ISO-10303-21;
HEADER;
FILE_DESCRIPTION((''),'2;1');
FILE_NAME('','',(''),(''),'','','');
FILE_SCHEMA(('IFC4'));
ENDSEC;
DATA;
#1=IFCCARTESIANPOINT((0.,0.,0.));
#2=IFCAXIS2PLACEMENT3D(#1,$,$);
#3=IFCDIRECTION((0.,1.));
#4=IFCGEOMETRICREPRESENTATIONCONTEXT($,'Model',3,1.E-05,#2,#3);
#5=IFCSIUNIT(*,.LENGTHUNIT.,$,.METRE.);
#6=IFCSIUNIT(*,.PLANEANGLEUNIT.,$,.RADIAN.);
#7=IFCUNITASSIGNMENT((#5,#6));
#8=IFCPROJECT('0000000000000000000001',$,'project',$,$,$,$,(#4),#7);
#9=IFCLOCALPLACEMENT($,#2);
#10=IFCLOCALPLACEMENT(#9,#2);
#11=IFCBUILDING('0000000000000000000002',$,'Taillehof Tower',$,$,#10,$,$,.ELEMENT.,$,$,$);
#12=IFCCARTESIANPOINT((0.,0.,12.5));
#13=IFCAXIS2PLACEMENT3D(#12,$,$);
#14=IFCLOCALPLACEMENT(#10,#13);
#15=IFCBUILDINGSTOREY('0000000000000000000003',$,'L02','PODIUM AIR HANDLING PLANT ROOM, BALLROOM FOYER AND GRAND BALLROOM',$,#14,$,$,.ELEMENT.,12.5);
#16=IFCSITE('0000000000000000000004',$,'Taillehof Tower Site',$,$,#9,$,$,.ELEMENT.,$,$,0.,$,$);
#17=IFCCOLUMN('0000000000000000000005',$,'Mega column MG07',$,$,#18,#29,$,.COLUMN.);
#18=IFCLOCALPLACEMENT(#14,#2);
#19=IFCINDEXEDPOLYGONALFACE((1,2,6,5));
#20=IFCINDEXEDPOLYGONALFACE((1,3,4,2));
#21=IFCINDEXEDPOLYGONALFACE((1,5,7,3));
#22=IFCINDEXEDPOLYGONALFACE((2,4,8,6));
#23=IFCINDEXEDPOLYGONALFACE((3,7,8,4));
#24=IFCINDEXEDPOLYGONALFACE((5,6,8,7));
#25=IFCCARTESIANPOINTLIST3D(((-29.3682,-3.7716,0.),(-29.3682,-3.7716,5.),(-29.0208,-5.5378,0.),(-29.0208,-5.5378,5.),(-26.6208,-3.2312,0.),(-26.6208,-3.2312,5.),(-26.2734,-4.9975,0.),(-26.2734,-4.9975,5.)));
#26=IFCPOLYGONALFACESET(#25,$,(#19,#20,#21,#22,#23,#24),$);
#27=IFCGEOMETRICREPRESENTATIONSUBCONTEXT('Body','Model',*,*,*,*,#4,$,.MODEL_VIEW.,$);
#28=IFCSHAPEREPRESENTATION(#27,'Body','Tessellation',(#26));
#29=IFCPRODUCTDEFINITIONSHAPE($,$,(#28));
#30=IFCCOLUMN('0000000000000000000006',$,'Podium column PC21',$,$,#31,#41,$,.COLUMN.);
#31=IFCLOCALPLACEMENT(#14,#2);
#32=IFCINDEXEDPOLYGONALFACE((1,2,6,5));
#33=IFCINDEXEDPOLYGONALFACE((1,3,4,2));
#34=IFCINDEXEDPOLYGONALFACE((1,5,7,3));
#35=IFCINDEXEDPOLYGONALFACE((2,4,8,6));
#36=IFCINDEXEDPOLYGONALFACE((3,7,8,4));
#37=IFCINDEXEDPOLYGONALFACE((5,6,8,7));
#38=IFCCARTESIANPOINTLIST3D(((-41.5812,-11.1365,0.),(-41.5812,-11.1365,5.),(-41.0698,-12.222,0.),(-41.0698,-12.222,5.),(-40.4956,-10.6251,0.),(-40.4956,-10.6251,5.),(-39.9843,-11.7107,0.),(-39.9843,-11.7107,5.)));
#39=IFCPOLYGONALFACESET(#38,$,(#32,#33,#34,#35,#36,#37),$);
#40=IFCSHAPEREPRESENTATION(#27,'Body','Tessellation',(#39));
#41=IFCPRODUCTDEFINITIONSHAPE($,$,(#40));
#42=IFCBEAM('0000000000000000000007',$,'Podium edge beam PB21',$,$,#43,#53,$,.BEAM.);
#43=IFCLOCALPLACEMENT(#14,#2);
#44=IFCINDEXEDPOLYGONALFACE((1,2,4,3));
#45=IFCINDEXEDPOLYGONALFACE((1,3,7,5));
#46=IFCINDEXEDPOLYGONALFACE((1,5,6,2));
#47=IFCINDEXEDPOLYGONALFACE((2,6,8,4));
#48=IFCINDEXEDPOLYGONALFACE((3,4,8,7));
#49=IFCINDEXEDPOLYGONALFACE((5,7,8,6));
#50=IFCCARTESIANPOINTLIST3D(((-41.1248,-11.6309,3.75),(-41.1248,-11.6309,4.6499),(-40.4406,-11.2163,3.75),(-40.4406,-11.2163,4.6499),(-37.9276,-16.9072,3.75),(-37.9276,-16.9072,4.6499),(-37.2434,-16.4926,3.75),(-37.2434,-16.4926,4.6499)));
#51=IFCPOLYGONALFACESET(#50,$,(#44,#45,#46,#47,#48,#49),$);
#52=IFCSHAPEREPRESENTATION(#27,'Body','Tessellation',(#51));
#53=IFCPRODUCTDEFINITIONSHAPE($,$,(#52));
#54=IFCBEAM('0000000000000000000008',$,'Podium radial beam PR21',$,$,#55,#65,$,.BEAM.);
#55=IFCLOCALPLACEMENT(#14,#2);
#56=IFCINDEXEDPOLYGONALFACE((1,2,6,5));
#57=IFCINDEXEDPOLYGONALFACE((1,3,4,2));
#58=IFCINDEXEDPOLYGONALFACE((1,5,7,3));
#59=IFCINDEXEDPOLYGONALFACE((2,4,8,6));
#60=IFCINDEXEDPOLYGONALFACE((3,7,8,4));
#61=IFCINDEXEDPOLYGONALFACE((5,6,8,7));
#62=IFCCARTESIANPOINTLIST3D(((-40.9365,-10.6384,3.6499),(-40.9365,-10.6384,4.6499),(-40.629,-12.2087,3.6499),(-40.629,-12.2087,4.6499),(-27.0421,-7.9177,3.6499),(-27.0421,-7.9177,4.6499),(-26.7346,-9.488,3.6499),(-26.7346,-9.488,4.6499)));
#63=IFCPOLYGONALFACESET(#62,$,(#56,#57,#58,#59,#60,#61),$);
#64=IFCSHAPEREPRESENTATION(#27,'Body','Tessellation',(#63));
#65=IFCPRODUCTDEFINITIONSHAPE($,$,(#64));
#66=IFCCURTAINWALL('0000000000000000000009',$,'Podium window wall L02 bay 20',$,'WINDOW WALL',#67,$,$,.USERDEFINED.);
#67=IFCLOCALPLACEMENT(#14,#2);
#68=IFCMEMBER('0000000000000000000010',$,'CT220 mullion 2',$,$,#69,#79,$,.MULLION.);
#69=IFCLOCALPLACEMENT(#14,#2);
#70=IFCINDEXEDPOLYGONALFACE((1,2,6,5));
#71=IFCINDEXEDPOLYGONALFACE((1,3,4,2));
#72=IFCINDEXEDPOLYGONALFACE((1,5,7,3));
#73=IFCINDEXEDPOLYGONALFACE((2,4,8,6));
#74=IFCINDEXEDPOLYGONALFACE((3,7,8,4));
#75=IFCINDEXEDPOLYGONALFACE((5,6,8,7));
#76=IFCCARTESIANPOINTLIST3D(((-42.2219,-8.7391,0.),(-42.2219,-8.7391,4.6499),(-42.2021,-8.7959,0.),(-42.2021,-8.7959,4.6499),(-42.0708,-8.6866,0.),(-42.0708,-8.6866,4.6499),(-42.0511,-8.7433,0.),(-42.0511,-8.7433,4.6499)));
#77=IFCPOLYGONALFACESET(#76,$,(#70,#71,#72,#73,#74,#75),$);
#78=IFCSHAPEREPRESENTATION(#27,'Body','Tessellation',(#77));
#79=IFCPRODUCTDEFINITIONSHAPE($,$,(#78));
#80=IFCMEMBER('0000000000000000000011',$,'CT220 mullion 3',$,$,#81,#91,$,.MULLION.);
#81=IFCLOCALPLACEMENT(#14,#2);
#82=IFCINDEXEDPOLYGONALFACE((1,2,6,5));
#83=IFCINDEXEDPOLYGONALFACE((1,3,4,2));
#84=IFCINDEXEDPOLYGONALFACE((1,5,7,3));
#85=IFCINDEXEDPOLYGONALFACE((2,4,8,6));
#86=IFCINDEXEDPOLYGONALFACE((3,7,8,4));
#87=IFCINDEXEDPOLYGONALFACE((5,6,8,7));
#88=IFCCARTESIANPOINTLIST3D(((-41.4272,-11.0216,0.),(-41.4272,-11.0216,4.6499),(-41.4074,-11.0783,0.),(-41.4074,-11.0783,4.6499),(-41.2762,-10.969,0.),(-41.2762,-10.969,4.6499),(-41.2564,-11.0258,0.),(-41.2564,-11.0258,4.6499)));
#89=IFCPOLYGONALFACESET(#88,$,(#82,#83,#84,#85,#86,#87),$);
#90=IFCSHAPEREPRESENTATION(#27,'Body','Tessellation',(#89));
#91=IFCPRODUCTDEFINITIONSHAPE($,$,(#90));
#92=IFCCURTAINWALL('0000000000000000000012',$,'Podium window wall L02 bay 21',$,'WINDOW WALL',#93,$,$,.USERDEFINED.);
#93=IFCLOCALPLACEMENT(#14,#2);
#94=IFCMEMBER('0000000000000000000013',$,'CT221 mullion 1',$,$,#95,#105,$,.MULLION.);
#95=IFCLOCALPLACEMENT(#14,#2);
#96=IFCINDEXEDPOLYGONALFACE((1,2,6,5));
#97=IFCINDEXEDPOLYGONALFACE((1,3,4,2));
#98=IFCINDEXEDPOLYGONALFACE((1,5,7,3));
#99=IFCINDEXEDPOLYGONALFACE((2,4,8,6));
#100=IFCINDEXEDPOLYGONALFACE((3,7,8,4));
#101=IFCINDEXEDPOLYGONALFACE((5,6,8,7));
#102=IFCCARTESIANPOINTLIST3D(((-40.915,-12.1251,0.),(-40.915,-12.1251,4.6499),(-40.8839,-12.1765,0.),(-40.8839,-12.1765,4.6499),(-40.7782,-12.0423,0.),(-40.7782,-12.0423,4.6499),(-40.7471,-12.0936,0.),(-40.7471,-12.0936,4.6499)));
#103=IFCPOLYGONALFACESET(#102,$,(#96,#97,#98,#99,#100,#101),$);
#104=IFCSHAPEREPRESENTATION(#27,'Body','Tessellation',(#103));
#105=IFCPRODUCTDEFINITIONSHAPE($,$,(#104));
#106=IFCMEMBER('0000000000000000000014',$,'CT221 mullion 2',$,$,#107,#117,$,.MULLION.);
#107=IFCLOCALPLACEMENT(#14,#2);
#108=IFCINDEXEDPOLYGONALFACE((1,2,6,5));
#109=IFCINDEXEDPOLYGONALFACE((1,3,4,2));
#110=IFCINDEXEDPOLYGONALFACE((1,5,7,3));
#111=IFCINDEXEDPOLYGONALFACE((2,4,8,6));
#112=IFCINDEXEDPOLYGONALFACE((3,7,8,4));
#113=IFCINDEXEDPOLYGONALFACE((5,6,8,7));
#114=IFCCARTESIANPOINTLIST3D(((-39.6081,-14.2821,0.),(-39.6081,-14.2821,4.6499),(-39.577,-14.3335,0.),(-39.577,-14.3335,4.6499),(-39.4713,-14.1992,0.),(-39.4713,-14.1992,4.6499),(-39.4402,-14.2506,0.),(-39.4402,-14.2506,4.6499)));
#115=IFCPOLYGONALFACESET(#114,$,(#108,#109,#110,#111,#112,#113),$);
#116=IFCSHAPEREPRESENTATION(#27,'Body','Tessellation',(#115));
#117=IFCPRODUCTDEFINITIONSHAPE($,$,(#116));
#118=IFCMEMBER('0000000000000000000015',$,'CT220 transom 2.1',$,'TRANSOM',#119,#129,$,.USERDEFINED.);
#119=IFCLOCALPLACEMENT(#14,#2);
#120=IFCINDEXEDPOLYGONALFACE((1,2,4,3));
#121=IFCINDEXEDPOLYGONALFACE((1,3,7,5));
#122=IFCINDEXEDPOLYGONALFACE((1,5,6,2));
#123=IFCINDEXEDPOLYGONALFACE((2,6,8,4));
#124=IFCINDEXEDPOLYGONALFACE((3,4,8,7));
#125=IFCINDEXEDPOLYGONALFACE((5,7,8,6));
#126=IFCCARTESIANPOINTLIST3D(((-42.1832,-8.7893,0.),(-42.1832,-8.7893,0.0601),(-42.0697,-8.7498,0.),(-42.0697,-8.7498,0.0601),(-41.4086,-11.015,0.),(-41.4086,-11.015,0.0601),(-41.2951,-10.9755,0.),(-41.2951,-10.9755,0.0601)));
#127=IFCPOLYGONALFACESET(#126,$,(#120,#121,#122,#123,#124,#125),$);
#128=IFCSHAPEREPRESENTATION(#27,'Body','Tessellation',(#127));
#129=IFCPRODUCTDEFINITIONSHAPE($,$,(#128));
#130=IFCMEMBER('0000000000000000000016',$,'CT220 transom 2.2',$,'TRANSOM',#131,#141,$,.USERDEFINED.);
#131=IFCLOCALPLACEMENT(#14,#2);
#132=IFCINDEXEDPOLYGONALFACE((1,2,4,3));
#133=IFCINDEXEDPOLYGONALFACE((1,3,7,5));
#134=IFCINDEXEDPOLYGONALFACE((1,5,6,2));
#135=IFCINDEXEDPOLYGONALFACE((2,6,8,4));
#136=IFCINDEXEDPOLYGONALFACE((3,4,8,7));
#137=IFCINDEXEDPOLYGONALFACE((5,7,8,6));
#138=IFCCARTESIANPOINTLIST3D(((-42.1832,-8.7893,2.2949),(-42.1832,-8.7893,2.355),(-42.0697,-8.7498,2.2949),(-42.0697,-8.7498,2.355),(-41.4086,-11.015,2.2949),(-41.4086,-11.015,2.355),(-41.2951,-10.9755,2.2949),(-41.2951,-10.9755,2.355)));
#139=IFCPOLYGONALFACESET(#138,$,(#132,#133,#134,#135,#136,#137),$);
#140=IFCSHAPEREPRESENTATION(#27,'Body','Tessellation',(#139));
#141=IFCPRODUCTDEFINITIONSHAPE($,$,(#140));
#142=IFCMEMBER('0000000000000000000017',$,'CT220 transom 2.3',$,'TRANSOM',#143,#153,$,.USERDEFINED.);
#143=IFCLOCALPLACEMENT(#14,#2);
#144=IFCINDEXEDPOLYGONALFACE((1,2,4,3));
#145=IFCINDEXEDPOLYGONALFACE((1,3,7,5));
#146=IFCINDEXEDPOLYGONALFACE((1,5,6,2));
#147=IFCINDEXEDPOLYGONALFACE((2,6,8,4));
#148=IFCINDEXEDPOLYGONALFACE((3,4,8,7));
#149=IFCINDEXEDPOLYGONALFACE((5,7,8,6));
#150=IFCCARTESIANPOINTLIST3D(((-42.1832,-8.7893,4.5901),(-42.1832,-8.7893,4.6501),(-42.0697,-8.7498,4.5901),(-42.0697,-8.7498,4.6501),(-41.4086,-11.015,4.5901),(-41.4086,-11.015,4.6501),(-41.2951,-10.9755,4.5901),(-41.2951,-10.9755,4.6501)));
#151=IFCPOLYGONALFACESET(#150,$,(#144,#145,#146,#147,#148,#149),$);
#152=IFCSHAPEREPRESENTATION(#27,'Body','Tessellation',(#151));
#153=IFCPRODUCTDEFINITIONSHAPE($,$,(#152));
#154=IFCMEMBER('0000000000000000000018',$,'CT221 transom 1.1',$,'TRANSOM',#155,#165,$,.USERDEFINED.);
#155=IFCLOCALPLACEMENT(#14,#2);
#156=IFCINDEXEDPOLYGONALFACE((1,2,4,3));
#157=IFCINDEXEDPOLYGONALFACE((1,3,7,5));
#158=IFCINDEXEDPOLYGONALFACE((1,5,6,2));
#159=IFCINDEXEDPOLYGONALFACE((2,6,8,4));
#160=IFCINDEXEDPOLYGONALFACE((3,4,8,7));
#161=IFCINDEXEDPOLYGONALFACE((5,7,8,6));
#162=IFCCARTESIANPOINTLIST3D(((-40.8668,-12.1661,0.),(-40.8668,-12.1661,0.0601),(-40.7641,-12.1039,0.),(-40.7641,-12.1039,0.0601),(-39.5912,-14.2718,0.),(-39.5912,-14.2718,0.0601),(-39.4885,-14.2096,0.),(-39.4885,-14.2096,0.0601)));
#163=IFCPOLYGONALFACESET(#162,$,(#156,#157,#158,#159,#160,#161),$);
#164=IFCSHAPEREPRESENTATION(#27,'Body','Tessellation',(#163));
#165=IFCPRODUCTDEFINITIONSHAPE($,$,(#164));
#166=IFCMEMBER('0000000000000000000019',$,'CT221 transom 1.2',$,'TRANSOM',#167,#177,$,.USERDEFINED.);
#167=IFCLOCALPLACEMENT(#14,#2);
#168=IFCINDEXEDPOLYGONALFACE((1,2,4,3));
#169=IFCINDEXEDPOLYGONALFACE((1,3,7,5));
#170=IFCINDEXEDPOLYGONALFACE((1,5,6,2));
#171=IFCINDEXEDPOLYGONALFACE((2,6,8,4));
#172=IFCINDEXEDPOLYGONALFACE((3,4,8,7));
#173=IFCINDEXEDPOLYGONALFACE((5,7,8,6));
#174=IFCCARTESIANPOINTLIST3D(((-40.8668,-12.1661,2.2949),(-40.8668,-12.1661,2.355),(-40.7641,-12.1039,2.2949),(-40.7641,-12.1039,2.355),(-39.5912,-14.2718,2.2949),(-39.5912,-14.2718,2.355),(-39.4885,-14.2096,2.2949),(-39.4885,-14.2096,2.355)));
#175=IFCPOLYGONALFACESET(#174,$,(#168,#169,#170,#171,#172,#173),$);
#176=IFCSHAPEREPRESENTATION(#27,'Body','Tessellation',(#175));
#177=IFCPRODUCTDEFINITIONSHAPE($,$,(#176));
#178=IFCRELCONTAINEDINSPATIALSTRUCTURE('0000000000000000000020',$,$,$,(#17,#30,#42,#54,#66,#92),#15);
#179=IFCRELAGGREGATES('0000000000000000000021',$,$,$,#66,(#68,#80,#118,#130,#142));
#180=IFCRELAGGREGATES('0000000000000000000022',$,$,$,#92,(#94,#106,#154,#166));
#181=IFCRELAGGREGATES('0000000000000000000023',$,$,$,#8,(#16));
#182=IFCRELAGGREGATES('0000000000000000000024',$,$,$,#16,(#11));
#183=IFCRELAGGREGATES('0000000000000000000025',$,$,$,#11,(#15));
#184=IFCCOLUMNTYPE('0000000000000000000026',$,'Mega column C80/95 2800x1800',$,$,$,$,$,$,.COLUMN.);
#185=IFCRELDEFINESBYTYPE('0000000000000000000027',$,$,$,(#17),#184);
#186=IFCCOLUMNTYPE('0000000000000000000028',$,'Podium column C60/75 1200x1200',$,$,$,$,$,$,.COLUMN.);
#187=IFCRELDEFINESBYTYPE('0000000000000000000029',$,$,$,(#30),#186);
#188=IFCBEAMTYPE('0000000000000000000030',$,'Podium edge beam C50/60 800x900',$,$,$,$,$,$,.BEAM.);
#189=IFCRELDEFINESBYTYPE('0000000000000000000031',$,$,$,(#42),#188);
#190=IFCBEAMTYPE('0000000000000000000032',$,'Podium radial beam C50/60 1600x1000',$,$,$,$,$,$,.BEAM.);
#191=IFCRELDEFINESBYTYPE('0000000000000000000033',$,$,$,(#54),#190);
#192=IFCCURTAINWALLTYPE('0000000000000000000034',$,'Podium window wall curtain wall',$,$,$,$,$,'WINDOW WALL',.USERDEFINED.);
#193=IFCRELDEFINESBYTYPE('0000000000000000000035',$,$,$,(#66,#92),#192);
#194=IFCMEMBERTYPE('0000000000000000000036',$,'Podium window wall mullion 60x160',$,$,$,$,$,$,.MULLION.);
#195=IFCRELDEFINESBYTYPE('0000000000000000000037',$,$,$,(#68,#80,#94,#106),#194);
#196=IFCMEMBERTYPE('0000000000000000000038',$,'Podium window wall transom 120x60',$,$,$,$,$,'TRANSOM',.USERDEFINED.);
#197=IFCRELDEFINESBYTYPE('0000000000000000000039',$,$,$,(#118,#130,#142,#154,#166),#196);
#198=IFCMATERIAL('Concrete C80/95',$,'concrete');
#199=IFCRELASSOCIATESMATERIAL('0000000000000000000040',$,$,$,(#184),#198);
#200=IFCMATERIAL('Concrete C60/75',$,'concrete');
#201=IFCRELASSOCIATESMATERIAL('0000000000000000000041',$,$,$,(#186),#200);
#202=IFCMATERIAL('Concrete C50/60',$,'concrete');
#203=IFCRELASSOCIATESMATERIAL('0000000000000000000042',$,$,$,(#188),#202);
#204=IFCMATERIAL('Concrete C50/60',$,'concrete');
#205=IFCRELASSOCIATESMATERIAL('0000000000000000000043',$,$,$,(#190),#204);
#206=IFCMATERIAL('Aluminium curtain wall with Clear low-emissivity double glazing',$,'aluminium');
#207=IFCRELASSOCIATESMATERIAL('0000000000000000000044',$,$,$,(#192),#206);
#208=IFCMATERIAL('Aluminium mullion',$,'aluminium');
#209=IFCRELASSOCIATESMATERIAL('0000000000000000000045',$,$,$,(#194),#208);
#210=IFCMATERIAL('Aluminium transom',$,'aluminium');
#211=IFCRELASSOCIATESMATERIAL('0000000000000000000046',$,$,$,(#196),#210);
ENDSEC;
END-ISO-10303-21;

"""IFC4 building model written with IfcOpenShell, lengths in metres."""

from ifc_helpers import new_model, si_unit, direction, frame, origin, origin_2d, place, context, subcontext, project, spatial, rectangle, extrude, material, material_profile, profile_set, type_object, element, aggregate, save


model = new_model("IFC4")

# Units and contexts
model_context = context("Model", 3, precision=1e-05, world=origin(), true_north=direction((0.0, 1.0)))
body_context = subcontext(model_context, "Body", "Model", "MODEL_VIEW")
ifc_project = project(units=[si_unit("LENGTHUNIT", "METRE"), si_unit("PLANEANGLEUNIT", "RADIAN")], contexts=[model_context])

# Site, building, storey
site_placement = place(None, origin())
site = spatial("IfcSite", under=ifc_project, at=site_placement, Name="Taillehof Tower Site", CompositionType="ELEMENT", RefElevation=0.0)
building_placement = place(site_placement, origin())
building = spatial("IfcBuilding", under=site, at=building_placement, Name="Taillehof Tower", CompositionType="ELEMENT")
storey_placement = place(building_placement, frame((0.0, 0.0, 12.5)))
storey = spatial("IfcBuildingStorey", under=building, at=storey_placement, Name="L02", Description="PODIUM AIR HANDLING PLANT ROOM, BALLROOM FOYER AND GRAND BALLROOM", CompositionType="ELEMENT", Elevation=12.5)

# Columns
ifc_material_1 = material(Name="Concrete C80/95", Category="concrete")
ifc_material_profile_1 = material_profile(ifc_material_1, rectangle(XDim=2.8, YDim=1.8, at=origin_2d()), Name="RC 2800x1800")
ifc_profile_set_1 = profile_set([ifc_material_profile_1], Name="Concrete C80/95")
column_type_1 = type_object("IfcColumnType", Name="Mega column C80/95 2800x1800", PredefinedType="COLUMN", material=ifc_profile_set_1)
column_1_placement = place(storey_placement, frame((-27.8208, -4.3845, 0.0), z_axis=(0.0, 0.0, 1.0), x_axis=(-0.981204, -0.192976, 0.0)))
element("IfcColumn", 1, at=column_1_placement, inside=storey, type_object=column_type_1, Name="Mega column MG07", PredefinedType="COLUMN", context=body_context, shape_type="SweptSolid", body=[
    extrude(rectangle(XDim=2.8, YDim=1.8, at=origin_2d()), origin(), (0.0, 0.0, 1.0), 5.0),
])
ifc_material_2 = material(Name="Concrete C60/75", Category="concrete")
ifc_material_profile_2 = material_profile(ifc_material_2, rectangle(XDim=1.2, YDim=1.2, at=origin_2d()), Name="RC 1200x1200")
ifc_profile_set_2 = profile_set([ifc_material_profile_2], Name="Concrete C60/75")
column_type_2 = type_object("IfcColumnType", Name="Podium column C60/75 1200x1200", PredefinedType="COLUMN", material=ifc_profile_set_2)
column_2_placement = place(storey_placement, frame((-40.7827, -11.4236, 0.0), z_axis=(0.0, 0.0, 1.0), x_axis=(-0.904668, -0.426117, 0.0)))
element("IfcColumn", 2, at=column_2_placement, inside=storey, type_object=column_type_2, Name="Podium column PC21", PredefinedType="COLUMN", context=body_context, shape_type="SweptSolid", body=[
    extrude(rectangle(XDim=1.2, YDim=1.2, at=origin_2d()), origin(), (0.0, 0.0, 1.0), 5.0),
])

# Beams
ifc_material_3 = material(Name="Concrete C50/60", Category="concrete")
ifc_material_profile_3 = material_profile(ifc_material_3, rectangle(XDim=0.8, YDim=0.8999, at=origin_2d()), Name="RC 800x900")
ifc_profile_set_3 = profile_set([ifc_material_profile_3], Name="Concrete C50/60")
beam_type_1 = type_object("IfcBeamType", Name="Podium edge beam C50/60 800x900", PredefinedType="BEAM", material=ifc_profile_set_3)
beam_1_placement = place(storey_placement, frame((-40.7827, -11.4236, 4.2), z_axis=(0.518239, -0.855236, 0.0), x_axis=(0.855236, 0.518239, 0.0)))
element("IfcBeam", 3, at=beam_1_placement, inside=storey, type_object=beam_type_1, Name="Podium edge beam PB21", PredefinedType="BEAM", context=body_context, shape_type="SweptSolid", body=[
    extrude(rectangle(XDim=0.8, YDim=0.8999, at=origin_2d()), origin(), (0.0, 0.0, 1.0), 6.1694),
])
ifc_material_4 = material(Name="Concrete C50/60", Category="concrete")
ifc_material_profile_4 = material_profile(ifc_material_4, rectangle(XDim=1.6001, YDim=1.0, at=origin_2d()), Name="RC 1600x1000")
ifc_profile_set_4 = profile_set([ifc_material_profile_4], Name="Concrete C50/60")
beam_type_2 = type_object("IfcBeamType", Name="Podium radial beam C50/60 1600x1000", PredefinedType="BEAM", material=ifc_profile_set_4)
beam_2_placement = place(storey_placement, frame((-40.7827, -11.4236, 4.1499), z_axis=(0.981363, 0.192165, 0.0), x_axis=(-0.192165, 0.981363, 0.0)))
element("IfcBeam", 4, at=beam_2_placement, inside=storey, type_object=beam_type_2, Name="Podium radial beam PR21", PredefinedType="BEAM", context=body_context, shape_type="SweptSolid", body=[
    extrude(rectangle(XDim=1.6001, YDim=1.0, at=origin_2d()), origin(), (0.0, 0.0, 1.0), 14.1582),
])

# Curtain walls, members
ifc_material_5 = material(Name="Aluminium curtain wall with Clear low-emissivity double glazing", Category="aluminium")
curtain_wall_type = type_object("IfcCurtainWallType", Name="Podium window wall curtain wall", ElementType="WINDOW WALL", PredefinedType="USERDEFINED", material=ifc_material_5)
curtain_wall_1_placement = place(storey_placement, origin())
curtain_wall_1 = element("IfcCurtainWall", 5, at=curtain_wall_1_placement, inside=storey, type_object=curtain_wall_type, Name="Podium window wall L02 bay 20", ObjectType="WINDOW WALL", PredefinedType="USERDEFINED")
ifc_material_6 = material(Name="Aluminium mullion", Category="aluminium")
ifc_material_profile_5 = material_profile(ifc_material_6, rectangle(XDim=0.1599, YDim=0.0601, at=origin_2d()), Name="AL 60x160")
ifc_profile_set_5 = profile_set([ifc_material_profile_5], Name="Aluminium mullion")
member_type_1 = type_object("IfcMemberType", Name="Podium window wall mullion 60x160", PredefinedType="MULLION", material=ifc_profile_set_5)
member_1_placement = place(storey_placement, frame((-42.1365, -8.7412, 0.0), z_axis=(0.0, 0.0, 1.0), x_axis=(0.944414, 0.328758, 0.0)))
member_1 = element("IfcMember", 6, at=member_1_placement, type_object=member_type_1, Name="CT220 mullion 2", PredefinedType="MULLION", context=body_context, shape_type="SweptSolid", body=[
    extrude(rectangle(XDim=0.1599, YDim=0.0601, at=origin_2d()), origin(), (0.0, 0.0, 1.0), 4.6499),
])
member_2_placement = place(storey_placement, frame((-41.3418, -11.0237, 0.0), z_axis=(0.0, 0.0, 1.0), x_axis=(0.944414, 0.328758, 0.0)))
member_2 = element("IfcMember", 7, at=member_2_placement, type_object=member_type_1, Name="CT220 mullion 3", PredefinedType="MULLION", context=body_context, shape_type="SweptSolid", body=[
    extrude(rectangle(XDim=0.1599, YDim=0.0601, at=origin_2d()), origin(), (0.0, 0.0, 1.0), 4.6499),
])
curtain_wall_2_placement = place(storey_placement, origin())
curtain_wall_2 = element("IfcCurtainWall", 8, at=curtain_wall_2_placement, inside=storey, type_object=curtain_wall_type, Name="Podium window wall L02 bay 21", ObjectType="WINDOW WALL", PredefinedType="USERDEFINED")
member_3_placement = place(storey_placement, frame((-40.8311, -12.1094, 0.0), z_axis=(0.0, 0.0, 1.0), x_axis=(0.855289, 0.518151, 0.0)))
member_3 = element("IfcMember", 9, at=member_3_placement, type_object=member_type_1, Name="CT221 mullion 1", PredefinedType="MULLION", context=body_context, shape_type="SweptSolid", body=[
    extrude(rectangle(XDim=0.1599, YDim=0.0601, at=origin_2d()), origin(), (0.0, 0.0, 1.0), 4.6499),
])
member_4_placement = place(storey_placement, frame((-39.5242, -14.2664, 0.0), z_axis=(0.0, 0.0, 1.0), x_axis=(0.855289, 0.518151, 0.0)))
member_4 = element("IfcMember", 10, at=member_4_placement, type_object=member_type_1, Name="CT221 mullion 2", PredefinedType="MULLION", context=body_context, shape_type="SweptSolid", body=[
    extrude(rectangle(XDim=0.1599, YDim=0.0601, at=origin_2d()), origin(), (0.0, 0.0, 1.0), 4.6499),
])

# Members
ifc_material_7 = material(Name="Aluminium transom", Category="aluminium")
ifc_material_profile_6 = material_profile(ifc_material_7, rectangle(XDim=0.1201, YDim=0.0601, at=origin_2d()), Name="AL 120x60")
ifc_profile_set_6 = profile_set([ifc_material_profile_6], Name="Aluminium transom")
member_type_2 = type_object("IfcMemberType", Name="Podium window wall transom 120x60", ElementType="TRANSOM", PredefinedType="USERDEFINED", material=ifc_profile_set_6)
member_5_placement = place(storey_placement, frame((-42.1265, -8.7695, 0.03), z_axis=(0.328693, -0.944437, 0.0), x_axis=(0.944437, 0.328693, 0.0)))
member_5 = element("IfcMember", 11, at=member_5_placement, type_object=member_type_2, Name="CT220 transom 2.1", ObjectType="TRANSOM", PredefinedType="USERDEFINED", context=body_context, shape_type="SweptSolid", body=[
    extrude(rectangle(XDim=0.1201, YDim=0.0601, at=origin_2d()), origin(), (0.0, 0.0, 1.0), 2.3567),
])
member_6_placement = place(storey_placement, frame((-42.1265, -8.7695, 2.325), z_axis=(0.328693, -0.944437, 0.0), x_axis=(0.944437, 0.328693, 0.0)))
member_6 = element("IfcMember", 12, at=member_6_placement, type_object=member_type_2, Name="CT220 transom 2.2", ObjectType="TRANSOM", PredefinedType="USERDEFINED", context=body_context, shape_type="SweptSolid", body=[
    extrude(rectangle(XDim=0.1201, YDim=0.0601, at=origin_2d()), origin(), (0.0, 0.0, 1.0), 2.3567),
])
member_7_placement = place(storey_placement, frame((-42.1265, -8.7695, 4.6201), z_axis=(0.328693, -0.944437, 0.0), x_axis=(0.944437, 0.328693, 0.0)))
member_7 = element("IfcMember", 13, at=member_7_placement, type_object=member_type_2, Name="CT220 transom 2.3", ObjectType="TRANSOM", PredefinedType="USERDEFINED", context=body_context, shape_type="SweptSolid", body=[
    extrude(rectangle(XDim=0.1201, YDim=0.0601, at=origin_2d()), origin(), (0.0, 0.0, 1.0), 2.3567),
])
member_8_placement = place(storey_placement, frame((-40.8154, -12.135, 0.03), z_axis=(0.518137, -0.855298, 0.0), x_axis=(0.855298, 0.518137, 0.0)))
member_8 = element("IfcMember", 14, at=member_8_placement, type_object=member_type_2, Name="CT221 transom 1.1", ObjectType="TRANSOM", PredefinedType="USERDEFINED", context=body_context, shape_type="SweptSolid", body=[
    extrude(rectangle(XDim=0.1201, YDim=0.0601, at=origin_2d()), origin(), (0.0, 0.0, 1.0), 2.4619),
])
member_9_placement = place(storey_placement, frame((-40.8154, -12.135, 2.325), z_axis=(0.518137, -0.855298, 0.0), x_axis=(0.855298, 0.518137, 0.0)))
member_9 = element("IfcMember", 15, at=member_9_placement, type_object=member_type_2, Name="CT221 transom 1.2", ObjectType="TRANSOM", PredefinedType="USERDEFINED", context=body_context, shape_type="SweptSolid", body=[
    extrude(rectangle(XDim=0.1201, YDim=0.0601, at=origin_2d()), origin(), (0.0, 0.0, 1.0), 2.4619),
])

aggregate(curtain_wall_1, [member_1, member_2, member_5, member_6, member_7])
aggregate(curtain_wall_2, [member_3, member_4, member_8, member_9])

save(model, "model.ifc")
